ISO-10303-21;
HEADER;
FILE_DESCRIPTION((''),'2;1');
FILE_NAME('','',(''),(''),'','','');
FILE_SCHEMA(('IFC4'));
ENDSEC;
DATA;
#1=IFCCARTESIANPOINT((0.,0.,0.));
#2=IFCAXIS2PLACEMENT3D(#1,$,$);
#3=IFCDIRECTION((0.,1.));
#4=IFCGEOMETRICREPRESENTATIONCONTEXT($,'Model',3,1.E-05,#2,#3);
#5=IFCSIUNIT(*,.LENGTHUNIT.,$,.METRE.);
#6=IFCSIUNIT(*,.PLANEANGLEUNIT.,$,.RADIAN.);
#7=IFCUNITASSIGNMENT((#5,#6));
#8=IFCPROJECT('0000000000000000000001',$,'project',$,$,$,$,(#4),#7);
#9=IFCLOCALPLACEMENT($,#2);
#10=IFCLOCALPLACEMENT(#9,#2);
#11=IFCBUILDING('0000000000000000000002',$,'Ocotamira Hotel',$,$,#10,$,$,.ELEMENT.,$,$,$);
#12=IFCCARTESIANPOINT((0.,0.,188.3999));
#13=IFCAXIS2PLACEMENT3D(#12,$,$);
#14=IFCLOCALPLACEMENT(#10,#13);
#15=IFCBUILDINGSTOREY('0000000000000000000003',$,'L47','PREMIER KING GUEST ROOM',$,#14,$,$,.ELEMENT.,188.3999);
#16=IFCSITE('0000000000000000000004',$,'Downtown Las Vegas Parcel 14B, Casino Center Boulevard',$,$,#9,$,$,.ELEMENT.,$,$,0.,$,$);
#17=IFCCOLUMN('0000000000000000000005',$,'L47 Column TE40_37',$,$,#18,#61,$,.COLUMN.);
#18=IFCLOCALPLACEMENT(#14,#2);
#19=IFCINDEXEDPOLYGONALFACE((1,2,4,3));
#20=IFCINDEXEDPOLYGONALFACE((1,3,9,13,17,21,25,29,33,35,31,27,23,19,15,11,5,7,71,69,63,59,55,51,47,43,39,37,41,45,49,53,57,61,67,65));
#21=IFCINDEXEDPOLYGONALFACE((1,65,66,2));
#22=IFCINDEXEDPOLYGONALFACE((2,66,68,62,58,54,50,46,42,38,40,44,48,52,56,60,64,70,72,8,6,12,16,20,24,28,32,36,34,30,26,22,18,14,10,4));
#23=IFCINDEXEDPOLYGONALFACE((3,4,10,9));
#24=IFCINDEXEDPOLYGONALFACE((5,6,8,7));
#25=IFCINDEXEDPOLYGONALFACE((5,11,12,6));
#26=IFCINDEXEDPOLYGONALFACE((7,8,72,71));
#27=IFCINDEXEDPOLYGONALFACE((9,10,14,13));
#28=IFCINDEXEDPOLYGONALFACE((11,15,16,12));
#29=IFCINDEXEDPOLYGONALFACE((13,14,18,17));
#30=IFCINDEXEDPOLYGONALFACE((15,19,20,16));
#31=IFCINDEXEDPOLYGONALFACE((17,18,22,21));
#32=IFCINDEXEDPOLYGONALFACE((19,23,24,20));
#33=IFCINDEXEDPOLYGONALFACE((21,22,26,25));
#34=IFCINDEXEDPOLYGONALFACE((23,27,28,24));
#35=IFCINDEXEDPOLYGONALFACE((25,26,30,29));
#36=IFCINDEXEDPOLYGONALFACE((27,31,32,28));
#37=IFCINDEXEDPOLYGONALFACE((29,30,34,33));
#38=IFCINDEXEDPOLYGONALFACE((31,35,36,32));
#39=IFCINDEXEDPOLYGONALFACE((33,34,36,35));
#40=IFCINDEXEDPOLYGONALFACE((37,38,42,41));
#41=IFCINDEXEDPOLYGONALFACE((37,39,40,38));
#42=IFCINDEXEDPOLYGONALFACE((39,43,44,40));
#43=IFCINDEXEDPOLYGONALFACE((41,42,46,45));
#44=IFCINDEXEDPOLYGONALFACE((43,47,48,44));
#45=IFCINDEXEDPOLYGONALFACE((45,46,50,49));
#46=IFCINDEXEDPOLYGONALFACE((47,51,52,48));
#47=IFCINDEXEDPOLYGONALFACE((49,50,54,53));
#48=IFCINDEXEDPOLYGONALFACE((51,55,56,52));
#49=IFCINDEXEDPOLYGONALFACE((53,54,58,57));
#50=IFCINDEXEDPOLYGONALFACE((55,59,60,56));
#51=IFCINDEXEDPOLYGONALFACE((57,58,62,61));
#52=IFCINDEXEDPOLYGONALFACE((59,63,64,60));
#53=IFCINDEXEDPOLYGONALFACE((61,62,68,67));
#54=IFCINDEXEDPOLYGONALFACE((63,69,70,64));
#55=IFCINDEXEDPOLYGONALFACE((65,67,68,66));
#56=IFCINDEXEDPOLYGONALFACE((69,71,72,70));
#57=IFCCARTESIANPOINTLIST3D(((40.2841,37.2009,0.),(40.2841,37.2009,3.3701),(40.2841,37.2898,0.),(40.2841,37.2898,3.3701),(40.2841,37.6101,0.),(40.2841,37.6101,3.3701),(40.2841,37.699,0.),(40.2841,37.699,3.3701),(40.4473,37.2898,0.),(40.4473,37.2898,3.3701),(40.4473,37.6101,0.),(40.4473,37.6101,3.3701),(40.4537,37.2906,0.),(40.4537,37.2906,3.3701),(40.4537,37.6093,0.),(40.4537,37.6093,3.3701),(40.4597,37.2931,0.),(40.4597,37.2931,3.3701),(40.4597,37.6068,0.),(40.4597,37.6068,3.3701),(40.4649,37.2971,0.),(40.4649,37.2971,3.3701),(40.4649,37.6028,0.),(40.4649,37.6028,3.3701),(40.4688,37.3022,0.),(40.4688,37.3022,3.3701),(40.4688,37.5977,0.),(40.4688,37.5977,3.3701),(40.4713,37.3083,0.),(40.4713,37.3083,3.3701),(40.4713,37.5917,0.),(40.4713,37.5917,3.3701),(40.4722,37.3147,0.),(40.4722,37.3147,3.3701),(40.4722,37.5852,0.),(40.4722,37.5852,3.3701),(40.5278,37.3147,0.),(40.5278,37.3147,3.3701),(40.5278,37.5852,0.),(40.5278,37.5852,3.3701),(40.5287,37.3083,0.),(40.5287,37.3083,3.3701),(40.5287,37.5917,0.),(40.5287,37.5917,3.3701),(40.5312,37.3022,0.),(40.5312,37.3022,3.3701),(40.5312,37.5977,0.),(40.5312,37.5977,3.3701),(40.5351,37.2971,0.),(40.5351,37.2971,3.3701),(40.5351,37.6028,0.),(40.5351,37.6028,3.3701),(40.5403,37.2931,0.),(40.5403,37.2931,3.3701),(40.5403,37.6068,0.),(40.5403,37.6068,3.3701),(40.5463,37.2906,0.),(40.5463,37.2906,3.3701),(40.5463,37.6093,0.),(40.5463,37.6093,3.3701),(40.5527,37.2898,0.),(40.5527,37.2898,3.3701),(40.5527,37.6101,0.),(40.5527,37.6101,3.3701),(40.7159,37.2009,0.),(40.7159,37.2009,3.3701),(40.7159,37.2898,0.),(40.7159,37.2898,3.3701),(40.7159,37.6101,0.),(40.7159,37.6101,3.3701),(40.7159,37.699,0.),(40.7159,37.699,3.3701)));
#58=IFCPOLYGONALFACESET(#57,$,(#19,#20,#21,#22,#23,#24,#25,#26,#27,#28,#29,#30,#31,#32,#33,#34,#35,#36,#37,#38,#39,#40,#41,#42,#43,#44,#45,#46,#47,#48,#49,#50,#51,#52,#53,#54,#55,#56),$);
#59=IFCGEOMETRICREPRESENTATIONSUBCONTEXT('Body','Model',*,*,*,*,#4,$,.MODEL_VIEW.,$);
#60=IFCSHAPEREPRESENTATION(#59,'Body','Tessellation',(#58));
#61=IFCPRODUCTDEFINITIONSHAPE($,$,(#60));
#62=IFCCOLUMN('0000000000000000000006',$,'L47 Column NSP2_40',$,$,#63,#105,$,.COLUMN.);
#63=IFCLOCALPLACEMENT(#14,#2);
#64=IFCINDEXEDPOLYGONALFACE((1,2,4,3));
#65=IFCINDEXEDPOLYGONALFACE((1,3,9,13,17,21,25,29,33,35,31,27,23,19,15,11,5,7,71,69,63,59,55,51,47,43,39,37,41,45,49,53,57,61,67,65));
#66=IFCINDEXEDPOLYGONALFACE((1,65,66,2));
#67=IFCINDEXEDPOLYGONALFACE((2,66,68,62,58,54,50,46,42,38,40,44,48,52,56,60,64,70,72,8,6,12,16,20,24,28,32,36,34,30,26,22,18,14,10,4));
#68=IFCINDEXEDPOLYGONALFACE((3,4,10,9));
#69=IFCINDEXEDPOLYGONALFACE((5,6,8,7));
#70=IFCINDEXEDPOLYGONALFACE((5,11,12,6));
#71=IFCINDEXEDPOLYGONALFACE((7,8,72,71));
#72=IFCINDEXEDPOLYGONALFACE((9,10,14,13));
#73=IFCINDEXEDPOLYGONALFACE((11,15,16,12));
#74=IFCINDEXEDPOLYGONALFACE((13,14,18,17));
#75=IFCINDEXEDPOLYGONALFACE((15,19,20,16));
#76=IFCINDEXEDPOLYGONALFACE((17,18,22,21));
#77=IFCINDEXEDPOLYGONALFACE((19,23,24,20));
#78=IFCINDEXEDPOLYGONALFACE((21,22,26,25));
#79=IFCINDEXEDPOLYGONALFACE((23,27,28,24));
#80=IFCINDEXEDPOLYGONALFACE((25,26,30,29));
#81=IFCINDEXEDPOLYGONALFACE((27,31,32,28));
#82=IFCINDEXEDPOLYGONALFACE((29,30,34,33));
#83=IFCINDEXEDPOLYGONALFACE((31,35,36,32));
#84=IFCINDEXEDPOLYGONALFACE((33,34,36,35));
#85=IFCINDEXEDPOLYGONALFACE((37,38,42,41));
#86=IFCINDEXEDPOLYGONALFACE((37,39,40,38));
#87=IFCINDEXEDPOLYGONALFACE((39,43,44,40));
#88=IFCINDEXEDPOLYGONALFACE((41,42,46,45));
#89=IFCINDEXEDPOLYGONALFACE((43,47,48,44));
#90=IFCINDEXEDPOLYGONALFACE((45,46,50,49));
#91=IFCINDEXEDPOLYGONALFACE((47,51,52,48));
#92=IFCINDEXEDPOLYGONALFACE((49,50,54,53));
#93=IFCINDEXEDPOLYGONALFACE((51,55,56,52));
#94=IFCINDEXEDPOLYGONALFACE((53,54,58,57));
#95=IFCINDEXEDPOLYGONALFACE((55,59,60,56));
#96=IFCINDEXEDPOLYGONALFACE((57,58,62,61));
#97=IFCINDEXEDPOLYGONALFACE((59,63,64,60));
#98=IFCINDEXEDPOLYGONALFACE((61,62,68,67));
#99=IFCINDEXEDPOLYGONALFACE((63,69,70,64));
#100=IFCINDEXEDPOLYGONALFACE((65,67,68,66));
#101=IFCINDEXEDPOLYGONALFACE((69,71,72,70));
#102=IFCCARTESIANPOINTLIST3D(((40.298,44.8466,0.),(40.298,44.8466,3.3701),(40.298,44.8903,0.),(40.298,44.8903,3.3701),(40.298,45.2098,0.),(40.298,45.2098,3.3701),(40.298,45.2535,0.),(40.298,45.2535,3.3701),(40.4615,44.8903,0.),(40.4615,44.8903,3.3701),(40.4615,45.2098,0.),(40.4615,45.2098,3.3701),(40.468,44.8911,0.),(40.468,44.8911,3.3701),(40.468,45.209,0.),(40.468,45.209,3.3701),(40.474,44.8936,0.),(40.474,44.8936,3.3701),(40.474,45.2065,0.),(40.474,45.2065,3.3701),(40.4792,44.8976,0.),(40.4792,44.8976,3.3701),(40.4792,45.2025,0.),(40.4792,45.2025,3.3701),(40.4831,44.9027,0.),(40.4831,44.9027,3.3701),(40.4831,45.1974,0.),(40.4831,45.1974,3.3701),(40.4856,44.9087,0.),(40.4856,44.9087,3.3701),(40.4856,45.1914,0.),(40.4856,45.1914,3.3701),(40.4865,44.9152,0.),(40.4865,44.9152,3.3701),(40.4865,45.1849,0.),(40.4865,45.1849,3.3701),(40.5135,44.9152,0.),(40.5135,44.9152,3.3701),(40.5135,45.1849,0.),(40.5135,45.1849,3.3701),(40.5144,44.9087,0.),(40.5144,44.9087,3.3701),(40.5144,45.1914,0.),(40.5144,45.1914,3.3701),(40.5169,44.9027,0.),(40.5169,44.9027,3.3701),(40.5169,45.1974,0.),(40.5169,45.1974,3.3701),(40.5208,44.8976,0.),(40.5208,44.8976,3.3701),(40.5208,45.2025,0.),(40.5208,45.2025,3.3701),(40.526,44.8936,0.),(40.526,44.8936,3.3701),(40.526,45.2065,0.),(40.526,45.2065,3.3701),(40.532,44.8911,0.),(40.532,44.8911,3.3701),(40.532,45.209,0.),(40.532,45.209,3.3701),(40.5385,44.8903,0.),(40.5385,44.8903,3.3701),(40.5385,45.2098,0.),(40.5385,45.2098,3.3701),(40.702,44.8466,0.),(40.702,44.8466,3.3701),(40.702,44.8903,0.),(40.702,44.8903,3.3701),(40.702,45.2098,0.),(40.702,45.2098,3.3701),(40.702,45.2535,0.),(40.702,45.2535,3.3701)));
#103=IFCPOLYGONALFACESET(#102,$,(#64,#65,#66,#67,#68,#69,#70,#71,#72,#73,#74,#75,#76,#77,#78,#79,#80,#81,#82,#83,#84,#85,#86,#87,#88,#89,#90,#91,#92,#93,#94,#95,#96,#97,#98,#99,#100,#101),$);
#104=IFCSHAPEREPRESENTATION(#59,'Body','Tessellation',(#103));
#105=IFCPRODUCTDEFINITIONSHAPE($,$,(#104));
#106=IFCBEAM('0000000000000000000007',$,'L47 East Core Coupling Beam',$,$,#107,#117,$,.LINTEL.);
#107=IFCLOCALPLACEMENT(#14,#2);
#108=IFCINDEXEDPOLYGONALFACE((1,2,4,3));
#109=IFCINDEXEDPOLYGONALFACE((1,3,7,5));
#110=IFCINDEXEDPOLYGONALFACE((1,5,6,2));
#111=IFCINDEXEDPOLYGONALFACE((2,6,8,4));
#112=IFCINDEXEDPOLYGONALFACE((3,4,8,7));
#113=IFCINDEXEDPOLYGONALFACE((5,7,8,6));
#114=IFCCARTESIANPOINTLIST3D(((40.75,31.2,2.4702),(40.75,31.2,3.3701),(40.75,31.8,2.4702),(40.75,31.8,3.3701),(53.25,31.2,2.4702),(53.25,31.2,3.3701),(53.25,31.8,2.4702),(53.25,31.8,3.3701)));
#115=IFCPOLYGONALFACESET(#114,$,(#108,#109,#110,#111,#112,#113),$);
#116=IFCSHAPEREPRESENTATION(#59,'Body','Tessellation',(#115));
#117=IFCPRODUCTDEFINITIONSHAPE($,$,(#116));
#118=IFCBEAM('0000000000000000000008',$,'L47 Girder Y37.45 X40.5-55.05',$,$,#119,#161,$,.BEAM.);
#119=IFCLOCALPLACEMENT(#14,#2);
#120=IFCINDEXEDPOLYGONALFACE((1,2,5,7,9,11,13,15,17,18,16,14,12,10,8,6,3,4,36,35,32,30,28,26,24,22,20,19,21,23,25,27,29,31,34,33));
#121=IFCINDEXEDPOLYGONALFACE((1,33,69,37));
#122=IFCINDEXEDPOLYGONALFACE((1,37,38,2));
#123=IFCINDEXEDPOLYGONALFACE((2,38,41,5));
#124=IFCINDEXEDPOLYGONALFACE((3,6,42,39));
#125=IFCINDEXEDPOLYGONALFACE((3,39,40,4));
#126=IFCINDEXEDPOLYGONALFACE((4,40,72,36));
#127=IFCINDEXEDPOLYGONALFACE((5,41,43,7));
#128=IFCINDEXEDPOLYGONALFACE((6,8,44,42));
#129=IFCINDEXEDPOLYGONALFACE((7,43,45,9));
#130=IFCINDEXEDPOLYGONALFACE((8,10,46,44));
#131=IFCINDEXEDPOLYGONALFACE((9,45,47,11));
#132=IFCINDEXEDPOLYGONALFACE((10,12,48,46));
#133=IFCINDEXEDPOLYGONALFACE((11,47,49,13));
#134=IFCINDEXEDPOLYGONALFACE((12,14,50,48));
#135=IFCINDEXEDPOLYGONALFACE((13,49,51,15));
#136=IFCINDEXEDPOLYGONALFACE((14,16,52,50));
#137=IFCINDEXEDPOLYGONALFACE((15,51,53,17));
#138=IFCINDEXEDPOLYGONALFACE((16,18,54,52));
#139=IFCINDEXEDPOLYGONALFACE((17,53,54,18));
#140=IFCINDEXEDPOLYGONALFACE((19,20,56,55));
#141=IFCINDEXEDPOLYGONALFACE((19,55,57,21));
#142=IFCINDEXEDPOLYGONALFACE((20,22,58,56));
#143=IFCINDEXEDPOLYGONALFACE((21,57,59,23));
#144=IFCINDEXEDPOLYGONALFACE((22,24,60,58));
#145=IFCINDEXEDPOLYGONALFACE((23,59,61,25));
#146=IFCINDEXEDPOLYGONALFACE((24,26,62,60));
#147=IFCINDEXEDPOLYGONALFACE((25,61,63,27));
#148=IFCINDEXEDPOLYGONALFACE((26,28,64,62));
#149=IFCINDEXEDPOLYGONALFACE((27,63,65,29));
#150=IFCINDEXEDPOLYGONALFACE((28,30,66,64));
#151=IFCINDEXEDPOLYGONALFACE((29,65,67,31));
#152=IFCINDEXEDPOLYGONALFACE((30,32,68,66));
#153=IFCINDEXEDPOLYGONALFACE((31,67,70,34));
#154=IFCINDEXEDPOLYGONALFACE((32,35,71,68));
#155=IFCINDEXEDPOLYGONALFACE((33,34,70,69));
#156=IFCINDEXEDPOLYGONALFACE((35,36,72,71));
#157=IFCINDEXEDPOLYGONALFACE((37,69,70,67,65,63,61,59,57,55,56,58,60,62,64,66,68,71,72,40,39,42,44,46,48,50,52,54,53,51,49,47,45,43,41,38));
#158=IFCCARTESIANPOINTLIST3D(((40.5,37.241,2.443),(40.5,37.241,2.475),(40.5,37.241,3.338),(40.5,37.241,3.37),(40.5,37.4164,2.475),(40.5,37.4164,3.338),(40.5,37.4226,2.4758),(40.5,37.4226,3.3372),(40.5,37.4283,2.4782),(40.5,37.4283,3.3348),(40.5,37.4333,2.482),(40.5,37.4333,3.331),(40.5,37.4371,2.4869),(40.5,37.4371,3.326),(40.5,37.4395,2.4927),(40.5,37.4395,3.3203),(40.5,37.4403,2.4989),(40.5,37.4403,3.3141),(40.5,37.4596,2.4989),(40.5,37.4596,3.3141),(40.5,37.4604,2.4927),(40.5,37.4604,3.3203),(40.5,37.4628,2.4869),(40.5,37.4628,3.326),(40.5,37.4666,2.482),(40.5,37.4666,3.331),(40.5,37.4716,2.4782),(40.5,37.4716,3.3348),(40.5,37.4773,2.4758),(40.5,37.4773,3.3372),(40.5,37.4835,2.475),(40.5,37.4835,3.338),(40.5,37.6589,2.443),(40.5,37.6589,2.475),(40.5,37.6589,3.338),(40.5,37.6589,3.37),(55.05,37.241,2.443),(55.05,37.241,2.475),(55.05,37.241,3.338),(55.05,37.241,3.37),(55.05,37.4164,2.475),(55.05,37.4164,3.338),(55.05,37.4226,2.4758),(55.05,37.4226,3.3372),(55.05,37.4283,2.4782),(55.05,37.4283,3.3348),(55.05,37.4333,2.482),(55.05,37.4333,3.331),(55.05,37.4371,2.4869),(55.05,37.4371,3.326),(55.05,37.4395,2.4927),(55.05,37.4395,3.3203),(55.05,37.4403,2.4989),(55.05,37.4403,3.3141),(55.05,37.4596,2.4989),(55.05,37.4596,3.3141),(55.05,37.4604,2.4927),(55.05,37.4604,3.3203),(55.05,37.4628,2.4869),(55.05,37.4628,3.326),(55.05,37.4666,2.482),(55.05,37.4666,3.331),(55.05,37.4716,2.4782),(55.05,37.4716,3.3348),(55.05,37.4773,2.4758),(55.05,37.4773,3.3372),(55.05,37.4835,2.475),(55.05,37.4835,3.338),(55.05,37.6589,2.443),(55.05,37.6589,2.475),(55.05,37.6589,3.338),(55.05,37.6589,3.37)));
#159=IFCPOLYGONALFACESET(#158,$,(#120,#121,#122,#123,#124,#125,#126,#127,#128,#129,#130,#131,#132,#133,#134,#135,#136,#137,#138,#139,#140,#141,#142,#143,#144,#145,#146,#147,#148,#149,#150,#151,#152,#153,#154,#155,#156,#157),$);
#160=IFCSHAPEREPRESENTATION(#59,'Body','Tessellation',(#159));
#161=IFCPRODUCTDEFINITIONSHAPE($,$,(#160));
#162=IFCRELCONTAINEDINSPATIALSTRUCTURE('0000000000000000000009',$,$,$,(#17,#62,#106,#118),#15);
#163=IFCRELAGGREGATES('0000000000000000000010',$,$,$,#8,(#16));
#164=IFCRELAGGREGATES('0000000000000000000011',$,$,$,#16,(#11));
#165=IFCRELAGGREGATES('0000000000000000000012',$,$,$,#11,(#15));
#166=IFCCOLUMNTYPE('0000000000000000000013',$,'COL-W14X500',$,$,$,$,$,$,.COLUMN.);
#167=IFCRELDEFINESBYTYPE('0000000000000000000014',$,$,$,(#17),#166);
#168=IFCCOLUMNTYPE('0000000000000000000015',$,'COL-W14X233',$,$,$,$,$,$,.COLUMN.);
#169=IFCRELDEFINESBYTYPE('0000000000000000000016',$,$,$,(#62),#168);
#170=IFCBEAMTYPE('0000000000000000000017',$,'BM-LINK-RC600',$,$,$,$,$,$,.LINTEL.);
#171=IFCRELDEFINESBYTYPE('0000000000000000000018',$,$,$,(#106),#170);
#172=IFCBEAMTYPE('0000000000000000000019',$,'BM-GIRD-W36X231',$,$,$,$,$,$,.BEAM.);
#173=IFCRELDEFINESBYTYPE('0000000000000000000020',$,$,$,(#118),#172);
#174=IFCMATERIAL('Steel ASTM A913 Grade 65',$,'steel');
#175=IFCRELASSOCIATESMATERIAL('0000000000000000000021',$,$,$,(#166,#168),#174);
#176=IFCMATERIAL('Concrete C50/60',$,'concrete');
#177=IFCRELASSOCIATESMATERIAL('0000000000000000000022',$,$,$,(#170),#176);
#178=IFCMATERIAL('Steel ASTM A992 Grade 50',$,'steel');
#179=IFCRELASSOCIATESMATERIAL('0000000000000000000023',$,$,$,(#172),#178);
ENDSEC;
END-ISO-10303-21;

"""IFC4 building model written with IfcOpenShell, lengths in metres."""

from ifc_helpers import new_model, si_unit, direction, frame, origin, origin_2d, place, context, subcontext, project, spatial, rectangle, i_section, extrude, source, transform, mapped, material, material_profile, profile_set, type_object, element, save


model = new_model("IFC4")

# Units and contexts
model_context = context("Model", 3, precision=1e-05, world=origin(), true_north=direction((0.0, 1.0)))
body_context = subcontext(model_context, "Body", "Model", "MODEL_VIEW")
ifc_project = project(units=[si_unit("LENGTHUNIT", "METRE"), si_unit("PLANEANGLEUNIT", "RADIAN")], contexts=[model_context])

# Site, building, storey
site_placement = place(None, origin())
site = spatial("IfcSite", under=ifc_project, at=site_placement, Name="Downtown Las Vegas Parcel 14B, Casino Center Boulevard", CompositionType="ELEMENT", RefElevation=0.0)
building_placement = place(site_placement, origin())
building = spatial("IfcBuilding", under=site, at=building_placement, Name="Ocotamira Hotel", CompositionType="ELEMENT")
storey_placement = place(building_placement, frame((0.0, 0.0, 188.3999)))
storey = spatial("IfcBuildingStorey", under=building, at=storey_placement, Name="L47", Description="PREMIER KING GUEST ROOM", CompositionType="ELEMENT", Elevation=188.3999)

# Columns
ifc_material_1 = material(Name="Steel ASTM A913 Grade 65", Category="steel")
ifc_material_profile_1 = material_profile(ifc_material_1, i_section(OverallWidth=0.4319, OverallDepth=0.498, WebThickness=0.0557, FlangeThickness=0.0889, FilletRadius=0.0249, at=origin_2d()), Name="W14X500")
ifc_profile_set_1 = profile_set([ifc_material_profile_1], Name="Steel ASTM A913 Grade 65")
column_type_1 = type_object("IfcColumnType", Name="COL-W14X500", PredefinedType="COLUMN", material=ifc_profile_set_1)
shared_shape_1 = source(origin(), body_context, "Body", "SweptSolid", [
    extrude(i_section(OverallWidth=0.4319, OverallDepth=0.498, WebThickness=0.0557, FlangeThickness=0.0889, FilletRadius=0.0249, at=origin_2d()), origin(), (0.0, 0.0, 1.0), 3.3701),
])
column_1_placement = place(storey_placement, frame((40.5, 37.45, 0.0), z_axis=(0.0, 0.0, 1.0), x_axis=(1.0, 0.0, 0.0)))
element("IfcColumn", 1, at=column_1_placement, inside=storey, type_object=column_type_1, Name="L47 Column TE40_37", PredefinedType="COLUMN", context=body_context, shape_type="MappedRepresentation", body=[
    mapped(shared_shape_1, transform((0.0, 0.0, 0.0), scale=1.0)),
])
ifc_material_profile_2 = material_profile(ifc_material_1, i_section(OverallWidth=0.4041, OverallDepth=0.407, WebThickness=0.0271, FlangeThickness=0.0437, FilletRadius=0.0249, at=origin_2d()), Name="W14X233")
ifc_profile_set_2 = profile_set([ifc_material_profile_2], Name="Steel ASTM A913 Grade 65")
column_type_2 = type_object("IfcColumnType", Name="COL-W14X233", PredefinedType="COLUMN", material=ifc_profile_set_2)
shared_shape_2 = source(origin(), body_context, "Body", "SweptSolid", [
    extrude(i_section(OverallWidth=0.4041, OverallDepth=0.407, WebThickness=0.0271, FlangeThickness=0.0437, FilletRadius=0.0249, at=origin_2d()), origin(), (0.0, 0.0, 1.0), 3.3701),
])
column_2_placement = place(storey_placement, frame((40.5, 45.05, 0.0), z_axis=(0.0, 0.0, 1.0), x_axis=(1.0, 0.0, 0.0)))
element("IfcColumn", 2, at=column_2_placement, inside=storey, type_object=column_type_2, Name="L47 Column NSP2_40", PredefinedType="COLUMN", context=body_context, shape_type="MappedRepresentation", body=[
    mapped(shared_shape_2, transform((0.0, 0.0, 0.0), scale=1.0)),
])

# Beams
ifc_material_2 = material(Name="Concrete C50/60", Category="concrete")
ifc_material_profile_3 = material_profile(ifc_material_2, rectangle(XDim=0.6001, YDim=0.8999, at=origin_2d()), Name="RC600X900")
ifc_profile_set_3 = profile_set([ifc_material_profile_3], Name="Concrete C50/60")
beam_type_1 = type_object("IfcBeamType", Name="BM-LINK-RC600", PredefinedType="LINTEL", material=ifc_profile_set_3)
shared_shape_3 = source(origin(), body_context, "Body", "SweptSolid", [
    extrude(rectangle(XDim=0.6001, YDim=0.8999, at=origin_2d()), origin(), (0.0, 0.0, 1.0), 12.5),
])
beam_1_placement = place(storey_placement, frame((40.75, 31.5, 2.9202), z_axis=(1.0, 0.0, 0.0), x_axis=(0.0, 1.0, 0.0)))
element("IfcBeam", 3, at=beam_1_placement, inside=storey, type_object=beam_type_1, Name="L47 East Core Coupling Beam", PredefinedType="LINTEL", context=body_context, shape_type="MappedRepresentation", body=[
    mapped(shared_shape_3, transform((0.0, 0.0, 0.0), scale=1.0)),
])
ifc_material_3 = material(Name="Steel ASTM A992 Grade 50", Category="steel")
ifc_material_profile_4 = material_profile(ifc_material_3, i_section(OverallWidth=0.418, OverallDepth=0.927, WebThickness=0.0193, FlangeThickness=0.032, FilletRadius=0.0239, at=origin_2d()), Name="W36X231")
ifc_profile_set_4 = profile_set([ifc_material_profile_4], Name="Steel ASTM A992 Grade 50")
beam_type_2 = type_object("IfcBeamType", Name="BM-GIRD-W36X231", PredefinedType="BEAM", material=ifc_profile_set_4)
shared_shape_4 = source(origin(), body_context, "Body", "SweptSolid", [
    extrude(i_section(OverallWidth=0.418, OverallDepth=0.927, WebThickness=0.0193, FlangeThickness=0.032, FilletRadius=0.0239, at=origin_2d()), origin(), (0.0, 0.0, 1.0), 14.55),
])
beam_2_placement = place(storey_placement, frame((40.5, 37.45, 2.9065), z_axis=(1.0, 0.0, 0.0), x_axis=(0.0, 1.0, 0.0)))
element("IfcBeam", 4, at=beam_2_placement, inside=storey, type_object=beam_type_2, Name="L47 Girder Y37.45 X40.5-55.05", PredefinedType="BEAM", context=body_context, shape_type="MappedRepresentation", body=[
    mapped(shared_shape_4, transform((0.0, 0.0, 0.0), scale=1.0)),
])

save(model, "model.ifc")
